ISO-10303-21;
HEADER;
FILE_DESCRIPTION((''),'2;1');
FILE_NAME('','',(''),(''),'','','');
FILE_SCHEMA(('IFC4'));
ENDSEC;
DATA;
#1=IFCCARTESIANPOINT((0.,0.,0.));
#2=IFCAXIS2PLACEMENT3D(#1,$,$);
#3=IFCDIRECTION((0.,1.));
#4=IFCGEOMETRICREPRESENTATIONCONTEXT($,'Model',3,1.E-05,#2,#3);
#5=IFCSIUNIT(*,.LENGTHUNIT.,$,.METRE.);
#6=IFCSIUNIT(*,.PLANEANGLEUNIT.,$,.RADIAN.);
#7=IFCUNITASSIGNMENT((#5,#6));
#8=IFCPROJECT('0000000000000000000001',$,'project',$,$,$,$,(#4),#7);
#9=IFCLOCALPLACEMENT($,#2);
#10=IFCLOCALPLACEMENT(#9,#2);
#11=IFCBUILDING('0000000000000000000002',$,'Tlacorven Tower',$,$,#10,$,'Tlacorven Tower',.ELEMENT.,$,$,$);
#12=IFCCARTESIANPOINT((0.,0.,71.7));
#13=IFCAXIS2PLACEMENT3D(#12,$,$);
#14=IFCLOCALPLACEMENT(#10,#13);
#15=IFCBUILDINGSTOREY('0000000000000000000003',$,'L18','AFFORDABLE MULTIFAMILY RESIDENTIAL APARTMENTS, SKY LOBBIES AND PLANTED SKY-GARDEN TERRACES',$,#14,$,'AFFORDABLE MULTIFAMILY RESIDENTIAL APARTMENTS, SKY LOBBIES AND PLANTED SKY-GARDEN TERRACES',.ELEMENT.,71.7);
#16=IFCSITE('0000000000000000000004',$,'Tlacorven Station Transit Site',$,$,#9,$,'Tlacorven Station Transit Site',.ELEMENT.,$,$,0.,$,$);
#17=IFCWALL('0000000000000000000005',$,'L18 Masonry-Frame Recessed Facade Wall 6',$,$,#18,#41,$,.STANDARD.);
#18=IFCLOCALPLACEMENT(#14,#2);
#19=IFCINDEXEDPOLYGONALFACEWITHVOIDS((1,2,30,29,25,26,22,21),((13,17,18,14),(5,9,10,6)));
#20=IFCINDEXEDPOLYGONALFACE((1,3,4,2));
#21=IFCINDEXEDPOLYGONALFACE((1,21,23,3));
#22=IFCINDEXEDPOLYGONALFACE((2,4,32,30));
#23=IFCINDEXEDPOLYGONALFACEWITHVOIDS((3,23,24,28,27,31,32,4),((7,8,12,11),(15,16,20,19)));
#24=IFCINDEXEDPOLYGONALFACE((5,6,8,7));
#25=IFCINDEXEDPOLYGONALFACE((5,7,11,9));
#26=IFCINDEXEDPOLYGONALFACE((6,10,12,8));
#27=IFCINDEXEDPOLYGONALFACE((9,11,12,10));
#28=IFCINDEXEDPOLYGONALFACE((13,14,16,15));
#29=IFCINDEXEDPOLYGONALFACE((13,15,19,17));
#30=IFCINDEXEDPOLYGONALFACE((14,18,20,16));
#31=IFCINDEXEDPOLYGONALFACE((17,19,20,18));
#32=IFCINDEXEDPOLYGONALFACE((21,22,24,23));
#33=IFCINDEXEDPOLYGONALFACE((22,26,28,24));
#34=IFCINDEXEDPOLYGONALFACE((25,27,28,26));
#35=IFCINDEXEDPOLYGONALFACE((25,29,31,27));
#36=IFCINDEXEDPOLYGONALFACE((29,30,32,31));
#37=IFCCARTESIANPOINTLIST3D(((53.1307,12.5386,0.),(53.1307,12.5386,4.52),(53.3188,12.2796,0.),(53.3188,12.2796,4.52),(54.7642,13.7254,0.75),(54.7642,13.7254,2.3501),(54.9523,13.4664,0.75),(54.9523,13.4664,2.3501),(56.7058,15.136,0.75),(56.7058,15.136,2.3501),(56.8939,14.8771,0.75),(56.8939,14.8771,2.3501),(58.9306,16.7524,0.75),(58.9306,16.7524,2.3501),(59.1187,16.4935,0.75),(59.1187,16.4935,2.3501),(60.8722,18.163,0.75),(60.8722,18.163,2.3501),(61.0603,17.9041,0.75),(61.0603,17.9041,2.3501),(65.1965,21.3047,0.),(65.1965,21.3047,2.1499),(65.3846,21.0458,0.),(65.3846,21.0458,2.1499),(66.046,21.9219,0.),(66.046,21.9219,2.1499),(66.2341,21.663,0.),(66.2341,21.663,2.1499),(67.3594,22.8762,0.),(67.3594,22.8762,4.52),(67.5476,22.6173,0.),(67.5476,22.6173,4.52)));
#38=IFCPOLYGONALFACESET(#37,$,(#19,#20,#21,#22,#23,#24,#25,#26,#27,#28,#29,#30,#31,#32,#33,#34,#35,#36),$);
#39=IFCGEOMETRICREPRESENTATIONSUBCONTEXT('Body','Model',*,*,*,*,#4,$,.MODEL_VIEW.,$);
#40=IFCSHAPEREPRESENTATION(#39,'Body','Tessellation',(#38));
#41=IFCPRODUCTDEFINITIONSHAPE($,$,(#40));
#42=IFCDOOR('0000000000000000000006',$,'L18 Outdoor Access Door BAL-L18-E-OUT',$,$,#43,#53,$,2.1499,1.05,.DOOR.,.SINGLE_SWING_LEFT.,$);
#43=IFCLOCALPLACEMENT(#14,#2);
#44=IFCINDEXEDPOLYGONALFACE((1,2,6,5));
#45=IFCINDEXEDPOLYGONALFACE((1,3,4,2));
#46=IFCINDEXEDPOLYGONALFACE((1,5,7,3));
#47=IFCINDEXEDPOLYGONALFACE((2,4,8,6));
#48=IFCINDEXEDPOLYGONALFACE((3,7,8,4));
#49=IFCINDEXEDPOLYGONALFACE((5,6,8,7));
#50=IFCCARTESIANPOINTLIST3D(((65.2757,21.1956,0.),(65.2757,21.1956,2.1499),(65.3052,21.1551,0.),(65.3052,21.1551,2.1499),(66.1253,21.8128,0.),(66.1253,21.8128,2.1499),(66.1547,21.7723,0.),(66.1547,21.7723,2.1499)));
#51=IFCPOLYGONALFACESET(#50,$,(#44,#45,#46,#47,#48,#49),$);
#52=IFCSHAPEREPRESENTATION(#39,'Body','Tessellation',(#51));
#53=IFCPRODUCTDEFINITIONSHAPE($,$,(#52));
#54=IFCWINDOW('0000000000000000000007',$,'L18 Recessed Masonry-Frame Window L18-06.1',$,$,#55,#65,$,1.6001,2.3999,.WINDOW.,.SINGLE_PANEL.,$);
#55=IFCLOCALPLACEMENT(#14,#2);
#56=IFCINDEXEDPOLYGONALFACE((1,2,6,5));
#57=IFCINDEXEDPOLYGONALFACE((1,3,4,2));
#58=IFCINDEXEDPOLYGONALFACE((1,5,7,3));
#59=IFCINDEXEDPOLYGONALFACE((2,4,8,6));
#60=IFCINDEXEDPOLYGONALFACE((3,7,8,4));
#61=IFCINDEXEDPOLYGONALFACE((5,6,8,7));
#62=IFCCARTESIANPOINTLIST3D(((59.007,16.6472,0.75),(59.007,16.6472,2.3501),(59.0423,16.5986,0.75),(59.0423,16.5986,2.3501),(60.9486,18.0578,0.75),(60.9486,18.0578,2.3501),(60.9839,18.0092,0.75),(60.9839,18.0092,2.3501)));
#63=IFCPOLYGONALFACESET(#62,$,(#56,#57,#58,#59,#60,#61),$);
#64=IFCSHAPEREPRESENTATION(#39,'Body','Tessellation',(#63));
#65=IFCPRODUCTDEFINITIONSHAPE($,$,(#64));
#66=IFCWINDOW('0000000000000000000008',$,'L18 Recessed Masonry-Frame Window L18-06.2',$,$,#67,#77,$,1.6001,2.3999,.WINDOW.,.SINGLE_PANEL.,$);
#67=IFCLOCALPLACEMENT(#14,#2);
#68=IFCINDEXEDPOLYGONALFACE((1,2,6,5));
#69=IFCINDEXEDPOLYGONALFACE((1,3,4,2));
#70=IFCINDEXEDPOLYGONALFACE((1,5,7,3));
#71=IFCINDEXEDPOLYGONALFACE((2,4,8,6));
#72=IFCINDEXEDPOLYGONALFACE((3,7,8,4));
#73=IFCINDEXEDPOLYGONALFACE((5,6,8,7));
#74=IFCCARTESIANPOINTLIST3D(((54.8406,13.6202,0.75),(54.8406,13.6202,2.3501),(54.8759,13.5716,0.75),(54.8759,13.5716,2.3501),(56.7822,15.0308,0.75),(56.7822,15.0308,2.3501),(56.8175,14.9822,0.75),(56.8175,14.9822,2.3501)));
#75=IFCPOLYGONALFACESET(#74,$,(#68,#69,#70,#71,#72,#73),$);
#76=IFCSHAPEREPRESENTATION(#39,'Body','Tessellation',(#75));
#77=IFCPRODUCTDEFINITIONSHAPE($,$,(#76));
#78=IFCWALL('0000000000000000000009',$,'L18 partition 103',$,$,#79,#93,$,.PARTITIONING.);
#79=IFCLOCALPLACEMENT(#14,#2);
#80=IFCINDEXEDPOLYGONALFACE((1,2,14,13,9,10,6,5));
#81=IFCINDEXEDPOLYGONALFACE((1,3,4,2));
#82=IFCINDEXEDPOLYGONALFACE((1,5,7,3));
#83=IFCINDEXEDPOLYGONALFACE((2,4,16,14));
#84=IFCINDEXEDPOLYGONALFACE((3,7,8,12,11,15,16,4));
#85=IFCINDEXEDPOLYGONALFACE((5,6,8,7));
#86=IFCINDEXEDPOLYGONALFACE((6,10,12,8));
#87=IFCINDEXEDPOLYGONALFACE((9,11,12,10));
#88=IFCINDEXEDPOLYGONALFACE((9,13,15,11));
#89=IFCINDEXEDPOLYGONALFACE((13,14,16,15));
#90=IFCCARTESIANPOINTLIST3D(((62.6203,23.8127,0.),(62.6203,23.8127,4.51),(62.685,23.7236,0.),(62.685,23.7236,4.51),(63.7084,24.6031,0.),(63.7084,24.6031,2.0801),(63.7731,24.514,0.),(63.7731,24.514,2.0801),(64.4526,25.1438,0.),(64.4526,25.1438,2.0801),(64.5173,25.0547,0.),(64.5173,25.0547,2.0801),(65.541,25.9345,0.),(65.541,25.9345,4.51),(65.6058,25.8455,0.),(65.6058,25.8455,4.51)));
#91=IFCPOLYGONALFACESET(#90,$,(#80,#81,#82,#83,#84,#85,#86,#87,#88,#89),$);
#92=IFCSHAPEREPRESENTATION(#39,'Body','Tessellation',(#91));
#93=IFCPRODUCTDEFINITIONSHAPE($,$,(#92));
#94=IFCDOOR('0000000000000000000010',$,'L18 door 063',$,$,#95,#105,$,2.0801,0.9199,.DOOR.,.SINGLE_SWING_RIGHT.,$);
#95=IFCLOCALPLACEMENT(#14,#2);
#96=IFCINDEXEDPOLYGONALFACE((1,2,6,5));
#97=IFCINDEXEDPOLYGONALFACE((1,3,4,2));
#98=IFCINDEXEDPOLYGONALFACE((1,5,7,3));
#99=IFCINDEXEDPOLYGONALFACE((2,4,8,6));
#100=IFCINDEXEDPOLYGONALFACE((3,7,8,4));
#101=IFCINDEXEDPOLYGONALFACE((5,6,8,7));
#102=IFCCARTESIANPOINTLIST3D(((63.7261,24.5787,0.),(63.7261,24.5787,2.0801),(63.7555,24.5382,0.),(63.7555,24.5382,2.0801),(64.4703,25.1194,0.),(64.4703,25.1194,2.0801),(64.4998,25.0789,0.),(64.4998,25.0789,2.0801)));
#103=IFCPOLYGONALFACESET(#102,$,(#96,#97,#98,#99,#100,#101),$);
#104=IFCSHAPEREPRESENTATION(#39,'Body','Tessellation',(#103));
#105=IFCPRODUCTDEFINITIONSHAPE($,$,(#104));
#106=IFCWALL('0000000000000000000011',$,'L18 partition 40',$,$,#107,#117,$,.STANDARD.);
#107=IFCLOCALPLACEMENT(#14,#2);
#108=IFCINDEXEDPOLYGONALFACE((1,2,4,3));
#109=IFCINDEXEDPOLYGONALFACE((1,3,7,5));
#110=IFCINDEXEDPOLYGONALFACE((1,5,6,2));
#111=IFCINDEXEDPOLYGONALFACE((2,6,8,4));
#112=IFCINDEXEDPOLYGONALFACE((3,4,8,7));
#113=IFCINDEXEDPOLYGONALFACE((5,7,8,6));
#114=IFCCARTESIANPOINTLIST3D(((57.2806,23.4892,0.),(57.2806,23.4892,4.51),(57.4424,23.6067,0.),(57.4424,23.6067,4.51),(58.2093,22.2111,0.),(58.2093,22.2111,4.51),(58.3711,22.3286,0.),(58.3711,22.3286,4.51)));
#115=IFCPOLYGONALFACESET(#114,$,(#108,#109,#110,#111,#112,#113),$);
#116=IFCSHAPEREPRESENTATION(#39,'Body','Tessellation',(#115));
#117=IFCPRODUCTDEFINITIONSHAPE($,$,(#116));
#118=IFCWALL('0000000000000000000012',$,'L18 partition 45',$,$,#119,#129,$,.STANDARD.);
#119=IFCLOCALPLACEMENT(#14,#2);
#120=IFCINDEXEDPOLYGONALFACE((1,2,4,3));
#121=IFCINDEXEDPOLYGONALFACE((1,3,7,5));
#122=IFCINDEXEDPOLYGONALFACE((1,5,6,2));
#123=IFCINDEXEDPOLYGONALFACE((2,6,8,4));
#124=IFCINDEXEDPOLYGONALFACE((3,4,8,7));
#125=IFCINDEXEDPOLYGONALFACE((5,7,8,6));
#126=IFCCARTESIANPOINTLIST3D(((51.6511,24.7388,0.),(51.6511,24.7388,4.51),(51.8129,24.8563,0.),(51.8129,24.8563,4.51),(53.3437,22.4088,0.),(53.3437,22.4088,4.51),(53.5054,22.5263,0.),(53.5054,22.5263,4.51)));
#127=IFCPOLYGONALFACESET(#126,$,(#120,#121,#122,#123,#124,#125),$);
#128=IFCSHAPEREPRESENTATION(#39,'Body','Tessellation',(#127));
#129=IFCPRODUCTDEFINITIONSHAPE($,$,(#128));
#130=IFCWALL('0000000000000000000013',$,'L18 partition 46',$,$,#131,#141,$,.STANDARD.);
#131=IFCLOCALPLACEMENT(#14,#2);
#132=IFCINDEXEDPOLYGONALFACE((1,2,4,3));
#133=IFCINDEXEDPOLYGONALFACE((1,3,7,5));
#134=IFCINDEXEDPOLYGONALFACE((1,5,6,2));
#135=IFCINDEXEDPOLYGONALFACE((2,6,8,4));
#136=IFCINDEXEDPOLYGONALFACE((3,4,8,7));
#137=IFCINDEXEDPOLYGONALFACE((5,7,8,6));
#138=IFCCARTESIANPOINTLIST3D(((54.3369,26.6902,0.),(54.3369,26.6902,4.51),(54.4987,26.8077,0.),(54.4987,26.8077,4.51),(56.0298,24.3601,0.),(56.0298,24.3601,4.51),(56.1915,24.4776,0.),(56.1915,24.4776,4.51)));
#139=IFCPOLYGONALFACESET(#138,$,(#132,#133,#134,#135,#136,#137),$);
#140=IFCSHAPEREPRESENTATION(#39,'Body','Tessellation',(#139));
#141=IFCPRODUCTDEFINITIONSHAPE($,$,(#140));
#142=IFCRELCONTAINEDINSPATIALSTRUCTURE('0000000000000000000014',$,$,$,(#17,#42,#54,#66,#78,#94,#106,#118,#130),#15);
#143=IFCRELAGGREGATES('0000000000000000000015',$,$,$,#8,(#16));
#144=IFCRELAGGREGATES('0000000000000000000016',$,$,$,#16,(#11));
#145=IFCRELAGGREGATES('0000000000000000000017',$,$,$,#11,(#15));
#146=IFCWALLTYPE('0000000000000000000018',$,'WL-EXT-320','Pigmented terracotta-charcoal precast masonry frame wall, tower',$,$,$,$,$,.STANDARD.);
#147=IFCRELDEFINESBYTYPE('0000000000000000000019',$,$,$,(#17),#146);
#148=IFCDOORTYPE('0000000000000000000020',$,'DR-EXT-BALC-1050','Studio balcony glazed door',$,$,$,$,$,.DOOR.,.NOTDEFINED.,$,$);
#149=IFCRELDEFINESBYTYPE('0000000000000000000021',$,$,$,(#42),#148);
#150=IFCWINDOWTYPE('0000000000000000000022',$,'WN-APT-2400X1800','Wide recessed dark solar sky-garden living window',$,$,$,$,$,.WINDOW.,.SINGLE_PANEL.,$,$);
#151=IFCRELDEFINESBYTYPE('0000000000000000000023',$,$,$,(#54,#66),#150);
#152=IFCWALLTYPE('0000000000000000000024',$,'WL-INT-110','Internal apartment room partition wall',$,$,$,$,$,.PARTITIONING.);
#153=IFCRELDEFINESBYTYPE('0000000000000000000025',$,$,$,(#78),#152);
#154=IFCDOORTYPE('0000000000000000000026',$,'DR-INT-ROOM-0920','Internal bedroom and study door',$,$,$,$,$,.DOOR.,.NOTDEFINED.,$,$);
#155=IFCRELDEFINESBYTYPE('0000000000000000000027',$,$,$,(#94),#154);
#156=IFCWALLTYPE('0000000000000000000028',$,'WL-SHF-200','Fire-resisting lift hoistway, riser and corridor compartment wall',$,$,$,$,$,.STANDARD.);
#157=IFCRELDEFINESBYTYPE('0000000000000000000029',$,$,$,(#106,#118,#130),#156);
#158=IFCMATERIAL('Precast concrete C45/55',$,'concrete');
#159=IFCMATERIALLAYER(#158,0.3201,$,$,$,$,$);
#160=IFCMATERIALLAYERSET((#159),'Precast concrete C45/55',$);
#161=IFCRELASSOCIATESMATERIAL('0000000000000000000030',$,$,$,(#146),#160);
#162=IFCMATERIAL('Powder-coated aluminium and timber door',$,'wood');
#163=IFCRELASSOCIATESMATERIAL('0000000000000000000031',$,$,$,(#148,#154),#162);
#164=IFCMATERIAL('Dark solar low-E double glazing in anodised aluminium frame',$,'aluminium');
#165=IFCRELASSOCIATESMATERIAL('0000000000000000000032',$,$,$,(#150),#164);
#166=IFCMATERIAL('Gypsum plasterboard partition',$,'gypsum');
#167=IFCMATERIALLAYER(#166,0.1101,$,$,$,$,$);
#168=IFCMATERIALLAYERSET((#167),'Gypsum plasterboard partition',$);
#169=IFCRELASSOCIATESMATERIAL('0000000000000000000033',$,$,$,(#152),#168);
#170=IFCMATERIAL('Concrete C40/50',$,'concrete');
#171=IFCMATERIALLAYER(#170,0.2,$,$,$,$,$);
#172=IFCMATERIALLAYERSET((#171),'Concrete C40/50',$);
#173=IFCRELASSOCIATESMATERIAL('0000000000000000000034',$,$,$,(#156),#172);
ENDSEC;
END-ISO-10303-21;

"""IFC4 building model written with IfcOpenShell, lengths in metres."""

from ifc_helpers import new_model, si_unit, direction, frame, frame_2d, origin, place, context, subcontext, project, spatial, rectangle, extrude, source, transform, mapped, material, layer, layer_set, type_object, element, fill, save


model = new_model("IFC4")

# Units and contexts
model_context = context("Model", 3, precision=1e-05, world=origin(), true_north=direction((0.0, 1.0)))
body_context = subcontext(model_context, "Body", "Model", "MODEL_VIEW")
ifc_project = project(units=[si_unit("LENGTHUNIT", "METRE"), si_unit("PLANEANGLEUNIT", "RADIAN")], contexts=[model_context])

# Site, building, storey
site_placement = place(None, origin())
site = spatial("IfcSite", under=ifc_project, at=site_placement, Name="Tlacorven Station Transit Site", LongName="Tlacorven Station Transit Site", CompositionType="ELEMENT", RefElevation=0.0)
building_placement = place(site_placement, origin())
building = spatial("IfcBuilding", under=site, at=building_placement, Name="Tlacorven Tower", LongName="Tlacorven Tower", CompositionType="ELEMENT")
storey_placement = place(building_placement, frame((0.0, 0.0, 71.7)))
storey = spatial("IfcBuildingStorey", under=building, at=storey_placement, Name="L18", Description="AFFORDABLE MULTIFAMILY RESIDENTIAL APARTMENTS, SKY LOBBIES AND PLANTED SKY-GARDEN TERRACES", LongName="AFFORDABLE MULTIFAMILY RESIDENTIAL APARTMENTS, SKY LOBBIES AND PLANTED SKY-GARDEN TERRACES", CompositionType="ELEMENT", Elevation=71.7)

# Wall, openings, door, windows
ifc_material_1 = material(Name="Precast concrete C45/55", Category="concrete")
ifc_layer_1 = layer(ifc_material_1, 0.3201)
ifc_layer_set_1 = layer_set([ifc_layer_1], Name="Precast concrete C45/55")
wall_type_1 = type_object("IfcWallType", Name="WL-EXT-320", Description="Pigmented terracotta-charcoal precast masonry frame wall, tower", PredefinedType="STANDARD", material=ifc_layer_set_1)
wall_1_placement = place(storey_placement, frame((67.4536, 22.7468, 0.0), z_axis=(0.0, 0.0, 1.0), x_axis=(-0.809021, -0.58778, 0.0)))
wall_1 = element("IfcWall", 1, at=wall_1_placement, inside=storey, type_object=wall_type_1, Name="L18 Masonry-Frame Recessed Facade Wall 6", PredefinedType="STANDARD", context=body_context, shape_type="SweptSolid", body=[
    extrude(rectangle(XDim=17.5876, YDim=0.3201, at=frame_2d((8.7939, 0.0))), origin(), (0.0, 0.0, 1.0), 4.52),
])
opening_1_placement = place(wall_1_placement, frame((1.6238, 0.0, 0.0)))
opening_1 = element("IfcOpeningElement", 2, at=opening_1_placement, cuts=wall_1, PredefinedType="OPENING", context=body_context, shape_type="SweptSolid", body=[
    extrude(rectangle(XDim=1.05, YDim=2.1499, at=frame_2d((0.5249, 1.075))), frame((0.0, 0.1699, 0.0), z_axis=(0.0, -1.0, 0.0), x_axis=(1.0, 0.0, 0.0)), (0.0, 0.0, 1.0), 0.3401),
])
opening_2_placement = place(wall_1_placement, frame((8.0188, 0.0, 0.75)))
opening_2 = element("IfcOpeningElement", 3, at=opening_2_placement, cuts=wall_1, PredefinedType="OPENING", context=body_context, shape_type="SweptSolid", body=[
    extrude(rectangle(XDim=2.3999, YDim=1.6001, at=frame_2d((1.2, 0.8))), frame((0.0, 0.1699, 0.0), z_axis=(0.0, -1.0, 0.0), x_axis=(1.0, 0.0, 0.0)), (0.0, 0.0, 1.0), 0.3401),
])
opening_3_placement = place(wall_1_placement, frame((13.1687, 0.0, 0.75)))
opening_3 = element("IfcOpeningElement", 4, at=opening_3_placement, cuts=wall_1, PredefinedType="OPENING", context=body_context, shape_type="SweptSolid", body=[
    extrude(rectangle(XDim=2.3999, YDim=1.6001, at=frame_2d((1.2, 0.8))), frame((0.0, 0.1699, 0.0), z_axis=(0.0, -1.0, 0.0), x_axis=(1.0, 0.0, 0.0)), (0.0, 0.0, 1.0), 0.3401),
])
ifc_material_2 = material(Name="Powder-coated aluminium and timber door", Category="wood")
door_type_1 = type_object("IfcDoorType", Name="DR-EXT-BALC-1050", Description="Studio balcony glazed door", OperationType="NOTDEFINED", PredefinedType="DOOR", material=ifc_material_2)
shared_shape_1 = source(origin(), body_context, "Body", "SweptSolid", [
    extrude(rectangle(XDim=1.05, YDim=2.1499, at=frame_2d((0.5249, 1.075))), frame((0.0, 0.0249, 0.0), z_axis=(0.0, -1.0, 0.0), x_axis=(1.0, 0.0, 0.0)), (0.0, 0.0, 1.0), 0.05),
])
door_1_placement = place(opening_1_placement, origin())
door_1 = element("IfcDoor", 5, at=door_1_placement, inside=storey, type_object=door_type_1, Name="L18 Outdoor Access Door BAL-L18-E-OUT", OperationType="SINGLE_SWING_LEFT", OverallHeight=2.1499, OverallWidth=1.05, PredefinedType="DOOR", context=body_context, shape_type="MappedRepresentation", body=[
    mapped(shared_shape_1, transform((0.0, 0.0, 0.0), scale=1.0)),
])
fill(opening_1, door_1)
ifc_material_3 = material(Name="Dark solar low-E double glazing in anodised aluminium frame", Category="aluminium")
window_type = type_object("IfcWindowType", Name="WN-APT-2400X1800", Description="Wide recessed dark solar sky-garden living window", PartitioningType="SINGLE_PANEL", PredefinedType="WINDOW", material=ifc_material_3)
shared_shape_2 = source(origin(), body_context, "Body", "SweptSolid", [
    extrude(rectangle(XDim=2.3999, YDim=1.6001, at=frame_2d((1.2, 0.8))), frame((0.0, 0.03, 0.0), z_axis=(0.0, -1.0, 0.0), x_axis=(1.0, 0.0, 0.0)), (0.0, 0.0, 1.0), 0.0601),
])
window_1_placement = place(opening_2_placement, origin())
window_1 = element("IfcWindow", 6, at=window_1_placement, inside=storey, type_object=window_type, Name="L18 Recessed Masonry-Frame Window L18-06.1", OverallHeight=1.6001, OverallWidth=2.3999, PartitioningType="SINGLE_PANEL", PredefinedType="WINDOW", context=body_context, shape_type="MappedRepresentation", body=[
    mapped(shared_shape_2, transform((0.0, 0.0, 0.0), scale=1.0)),
])
fill(opening_2, window_1)
window_2_placement = place(opening_3_placement, origin())
window_2 = element("IfcWindow", 7, at=window_2_placement, inside=storey, type_object=window_type, Name="L18 Recessed Masonry-Frame Window L18-06.2", OverallHeight=1.6001, OverallWidth=2.3999, PartitioningType="SINGLE_PANEL", PredefinedType="WINDOW", context=body_context, shape_type="MappedRepresentation", body=[
    mapped(shared_shape_2, transform((0.0, 0.0, 0.0), scale=1.0)),
])
fill(opening_3, window_2)

# Wall, opening, door
ifc_material_4 = material(Name="Gypsum plasterboard partition", Category="gypsum")
ifc_layer_2 = layer(ifc_material_4, 0.1101)
ifc_layer_set_2 = layer_set([ifc_layer_2], Name="Gypsum plasterboard partition")
wall_type_2 = type_object("IfcWallType", Name="WL-INT-110", Description="Internal apartment room partition wall", PredefinedType="PARTITIONING", material=ifc_layer_set_2)
wall_2_placement = place(storey_placement, frame((62.6526, 23.7681, 0.0), z_axis=(0.0, 0.0, 1.0), x_axis=(0.809037, 0.587757, 0.0)))
wall_2 = element("IfcWall", 8, at=wall_2_placement, inside=storey, type_object=wall_type_2, Name="L18 partition 103", PredefinedType="PARTITIONING", context=body_context, shape_type="SweptSolid", body=[
    extrude(rectangle(XDim=3.6101, YDim=0.1101, at=frame_2d((1.8052, 0.0))), origin(), (0.0, 0.0, 1.0), 4.51),
])
opening_4_placement = place(wall_2_placement, frame((1.345, 0.0, 0.0)))
opening_4 = element("IfcOpeningElement", 9, at=opening_4_placement, cuts=wall_2, PredefinedType="OPENING", context=body_context, shape_type="SweptSolid", body=[
    extrude(rectangle(XDim=0.9199, YDim=2.0801, at=frame_2d((0.46, 1.04))), frame((0.0, 0.0649, 0.0), z_axis=(0.0, -1.0, 0.0), x_axis=(1.0, 0.0, 0.0)), (0.0, 0.0, 1.0), 0.1301),
])
door_type_2 = type_object("IfcDoorType", Name="DR-INT-ROOM-0920", Description="Internal bedroom and study door", OperationType="NOTDEFINED", PredefinedType="DOOR", material=ifc_material_2)
shared_shape_3 = source(origin(), body_context, "Body", "SweptSolid", [
    extrude(rectangle(XDim=0.9199, YDim=2.0801, at=frame_2d((0.46, 1.04))), frame((0.0, 0.0249, 0.0), z_axis=(0.0, -1.0, 0.0), x_axis=(1.0, 0.0, 0.0)), (0.0, 0.0, 1.0), 0.05),
])
door_2_placement = place(opening_4_placement, origin())
door_2 = element("IfcDoor", 10, at=door_2_placement, inside=storey, type_object=door_type_2, Name="L18 door 063", OperationType="SINGLE_SWING_RIGHT", OverallHeight=2.0801, OverallWidth=0.9199, PredefinedType="DOOR", context=body_context, shape_type="MappedRepresentation", body=[
    mapped(shared_shape_3, transform((0.0, 0.0, 0.0), scale=1.0)),
])
fill(opening_4, door_2)

# Walls
ifc_material_5 = material(Name="Concrete C40/50", Category="concrete")
ifc_layer_3 = layer(ifc_material_5, 0.2)
ifc_layer_set_3 = layer_set([ifc_layer_3], Name="Concrete C40/50")
wall_type_3 = type_object("IfcWallType", Name="WL-SHF-200", Description="Fire-resisting lift hoistway, riser and corridor compartment wall", PredefinedType="STANDARD", material=ifc_layer_set_3)
wall_3_placement = place(storey_placement, frame((58.2903, 22.2698, 0.0), z_axis=(0.0, 0.0, 1.0), x_axis=(-0.587841, 0.808977, 0.0)))
element("IfcWall", 11, at=wall_3_placement, inside=storey, type_object=wall_type_3, Name="L18 partition 40", PredefinedType="STANDARD", context=body_context, shape_type="SweptSolid", body=[
    extrude(rectangle(XDim=1.5798, YDim=0.2, at=frame_2d((0.79, 0.0))), origin(), (0.0, 0.0, 1.0), 4.51),
])
wall_4_placement = place(storey_placement, frame((53.4246, 22.4675, 0.0), z_axis=(0.0, 0.0, 1.0), x_axis=(-0.587723, 0.809062, 0.0)))
element("IfcWall", 12, at=wall_4_placement, inside=storey, type_object=wall_type_3, Name="L18 partition 45", PredefinedType="STANDARD", context=body_context, shape_type="SweptSolid", body=[
    extrude(rectangle(XDim=2.8799, YDim=0.2, at=frame_2d((1.4399, 0.0))), origin(), (0.0, 0.0, 1.0), 4.51),
])
wall_5_placement = place(storey_placement, frame((56.1106, 24.4189, 0.0), z_axis=(0.0, 0.0, 1.0), x_axis=(-0.587778, 0.809022, 0.0)))
element("IfcWall", 13, at=wall_5_placement, inside=storey, type_object=wall_type_3, Name="L18 partition 46", PredefinedType="STANDARD", context=body_context, shape_type="SweptSolid", body=[
    extrude(rectangle(XDim=2.8801, YDim=0.2, at=frame_2d((1.4399, 0.0))), origin(), (0.0, 0.0, 1.0), 4.51),
])

save(model, "model.ifc")
